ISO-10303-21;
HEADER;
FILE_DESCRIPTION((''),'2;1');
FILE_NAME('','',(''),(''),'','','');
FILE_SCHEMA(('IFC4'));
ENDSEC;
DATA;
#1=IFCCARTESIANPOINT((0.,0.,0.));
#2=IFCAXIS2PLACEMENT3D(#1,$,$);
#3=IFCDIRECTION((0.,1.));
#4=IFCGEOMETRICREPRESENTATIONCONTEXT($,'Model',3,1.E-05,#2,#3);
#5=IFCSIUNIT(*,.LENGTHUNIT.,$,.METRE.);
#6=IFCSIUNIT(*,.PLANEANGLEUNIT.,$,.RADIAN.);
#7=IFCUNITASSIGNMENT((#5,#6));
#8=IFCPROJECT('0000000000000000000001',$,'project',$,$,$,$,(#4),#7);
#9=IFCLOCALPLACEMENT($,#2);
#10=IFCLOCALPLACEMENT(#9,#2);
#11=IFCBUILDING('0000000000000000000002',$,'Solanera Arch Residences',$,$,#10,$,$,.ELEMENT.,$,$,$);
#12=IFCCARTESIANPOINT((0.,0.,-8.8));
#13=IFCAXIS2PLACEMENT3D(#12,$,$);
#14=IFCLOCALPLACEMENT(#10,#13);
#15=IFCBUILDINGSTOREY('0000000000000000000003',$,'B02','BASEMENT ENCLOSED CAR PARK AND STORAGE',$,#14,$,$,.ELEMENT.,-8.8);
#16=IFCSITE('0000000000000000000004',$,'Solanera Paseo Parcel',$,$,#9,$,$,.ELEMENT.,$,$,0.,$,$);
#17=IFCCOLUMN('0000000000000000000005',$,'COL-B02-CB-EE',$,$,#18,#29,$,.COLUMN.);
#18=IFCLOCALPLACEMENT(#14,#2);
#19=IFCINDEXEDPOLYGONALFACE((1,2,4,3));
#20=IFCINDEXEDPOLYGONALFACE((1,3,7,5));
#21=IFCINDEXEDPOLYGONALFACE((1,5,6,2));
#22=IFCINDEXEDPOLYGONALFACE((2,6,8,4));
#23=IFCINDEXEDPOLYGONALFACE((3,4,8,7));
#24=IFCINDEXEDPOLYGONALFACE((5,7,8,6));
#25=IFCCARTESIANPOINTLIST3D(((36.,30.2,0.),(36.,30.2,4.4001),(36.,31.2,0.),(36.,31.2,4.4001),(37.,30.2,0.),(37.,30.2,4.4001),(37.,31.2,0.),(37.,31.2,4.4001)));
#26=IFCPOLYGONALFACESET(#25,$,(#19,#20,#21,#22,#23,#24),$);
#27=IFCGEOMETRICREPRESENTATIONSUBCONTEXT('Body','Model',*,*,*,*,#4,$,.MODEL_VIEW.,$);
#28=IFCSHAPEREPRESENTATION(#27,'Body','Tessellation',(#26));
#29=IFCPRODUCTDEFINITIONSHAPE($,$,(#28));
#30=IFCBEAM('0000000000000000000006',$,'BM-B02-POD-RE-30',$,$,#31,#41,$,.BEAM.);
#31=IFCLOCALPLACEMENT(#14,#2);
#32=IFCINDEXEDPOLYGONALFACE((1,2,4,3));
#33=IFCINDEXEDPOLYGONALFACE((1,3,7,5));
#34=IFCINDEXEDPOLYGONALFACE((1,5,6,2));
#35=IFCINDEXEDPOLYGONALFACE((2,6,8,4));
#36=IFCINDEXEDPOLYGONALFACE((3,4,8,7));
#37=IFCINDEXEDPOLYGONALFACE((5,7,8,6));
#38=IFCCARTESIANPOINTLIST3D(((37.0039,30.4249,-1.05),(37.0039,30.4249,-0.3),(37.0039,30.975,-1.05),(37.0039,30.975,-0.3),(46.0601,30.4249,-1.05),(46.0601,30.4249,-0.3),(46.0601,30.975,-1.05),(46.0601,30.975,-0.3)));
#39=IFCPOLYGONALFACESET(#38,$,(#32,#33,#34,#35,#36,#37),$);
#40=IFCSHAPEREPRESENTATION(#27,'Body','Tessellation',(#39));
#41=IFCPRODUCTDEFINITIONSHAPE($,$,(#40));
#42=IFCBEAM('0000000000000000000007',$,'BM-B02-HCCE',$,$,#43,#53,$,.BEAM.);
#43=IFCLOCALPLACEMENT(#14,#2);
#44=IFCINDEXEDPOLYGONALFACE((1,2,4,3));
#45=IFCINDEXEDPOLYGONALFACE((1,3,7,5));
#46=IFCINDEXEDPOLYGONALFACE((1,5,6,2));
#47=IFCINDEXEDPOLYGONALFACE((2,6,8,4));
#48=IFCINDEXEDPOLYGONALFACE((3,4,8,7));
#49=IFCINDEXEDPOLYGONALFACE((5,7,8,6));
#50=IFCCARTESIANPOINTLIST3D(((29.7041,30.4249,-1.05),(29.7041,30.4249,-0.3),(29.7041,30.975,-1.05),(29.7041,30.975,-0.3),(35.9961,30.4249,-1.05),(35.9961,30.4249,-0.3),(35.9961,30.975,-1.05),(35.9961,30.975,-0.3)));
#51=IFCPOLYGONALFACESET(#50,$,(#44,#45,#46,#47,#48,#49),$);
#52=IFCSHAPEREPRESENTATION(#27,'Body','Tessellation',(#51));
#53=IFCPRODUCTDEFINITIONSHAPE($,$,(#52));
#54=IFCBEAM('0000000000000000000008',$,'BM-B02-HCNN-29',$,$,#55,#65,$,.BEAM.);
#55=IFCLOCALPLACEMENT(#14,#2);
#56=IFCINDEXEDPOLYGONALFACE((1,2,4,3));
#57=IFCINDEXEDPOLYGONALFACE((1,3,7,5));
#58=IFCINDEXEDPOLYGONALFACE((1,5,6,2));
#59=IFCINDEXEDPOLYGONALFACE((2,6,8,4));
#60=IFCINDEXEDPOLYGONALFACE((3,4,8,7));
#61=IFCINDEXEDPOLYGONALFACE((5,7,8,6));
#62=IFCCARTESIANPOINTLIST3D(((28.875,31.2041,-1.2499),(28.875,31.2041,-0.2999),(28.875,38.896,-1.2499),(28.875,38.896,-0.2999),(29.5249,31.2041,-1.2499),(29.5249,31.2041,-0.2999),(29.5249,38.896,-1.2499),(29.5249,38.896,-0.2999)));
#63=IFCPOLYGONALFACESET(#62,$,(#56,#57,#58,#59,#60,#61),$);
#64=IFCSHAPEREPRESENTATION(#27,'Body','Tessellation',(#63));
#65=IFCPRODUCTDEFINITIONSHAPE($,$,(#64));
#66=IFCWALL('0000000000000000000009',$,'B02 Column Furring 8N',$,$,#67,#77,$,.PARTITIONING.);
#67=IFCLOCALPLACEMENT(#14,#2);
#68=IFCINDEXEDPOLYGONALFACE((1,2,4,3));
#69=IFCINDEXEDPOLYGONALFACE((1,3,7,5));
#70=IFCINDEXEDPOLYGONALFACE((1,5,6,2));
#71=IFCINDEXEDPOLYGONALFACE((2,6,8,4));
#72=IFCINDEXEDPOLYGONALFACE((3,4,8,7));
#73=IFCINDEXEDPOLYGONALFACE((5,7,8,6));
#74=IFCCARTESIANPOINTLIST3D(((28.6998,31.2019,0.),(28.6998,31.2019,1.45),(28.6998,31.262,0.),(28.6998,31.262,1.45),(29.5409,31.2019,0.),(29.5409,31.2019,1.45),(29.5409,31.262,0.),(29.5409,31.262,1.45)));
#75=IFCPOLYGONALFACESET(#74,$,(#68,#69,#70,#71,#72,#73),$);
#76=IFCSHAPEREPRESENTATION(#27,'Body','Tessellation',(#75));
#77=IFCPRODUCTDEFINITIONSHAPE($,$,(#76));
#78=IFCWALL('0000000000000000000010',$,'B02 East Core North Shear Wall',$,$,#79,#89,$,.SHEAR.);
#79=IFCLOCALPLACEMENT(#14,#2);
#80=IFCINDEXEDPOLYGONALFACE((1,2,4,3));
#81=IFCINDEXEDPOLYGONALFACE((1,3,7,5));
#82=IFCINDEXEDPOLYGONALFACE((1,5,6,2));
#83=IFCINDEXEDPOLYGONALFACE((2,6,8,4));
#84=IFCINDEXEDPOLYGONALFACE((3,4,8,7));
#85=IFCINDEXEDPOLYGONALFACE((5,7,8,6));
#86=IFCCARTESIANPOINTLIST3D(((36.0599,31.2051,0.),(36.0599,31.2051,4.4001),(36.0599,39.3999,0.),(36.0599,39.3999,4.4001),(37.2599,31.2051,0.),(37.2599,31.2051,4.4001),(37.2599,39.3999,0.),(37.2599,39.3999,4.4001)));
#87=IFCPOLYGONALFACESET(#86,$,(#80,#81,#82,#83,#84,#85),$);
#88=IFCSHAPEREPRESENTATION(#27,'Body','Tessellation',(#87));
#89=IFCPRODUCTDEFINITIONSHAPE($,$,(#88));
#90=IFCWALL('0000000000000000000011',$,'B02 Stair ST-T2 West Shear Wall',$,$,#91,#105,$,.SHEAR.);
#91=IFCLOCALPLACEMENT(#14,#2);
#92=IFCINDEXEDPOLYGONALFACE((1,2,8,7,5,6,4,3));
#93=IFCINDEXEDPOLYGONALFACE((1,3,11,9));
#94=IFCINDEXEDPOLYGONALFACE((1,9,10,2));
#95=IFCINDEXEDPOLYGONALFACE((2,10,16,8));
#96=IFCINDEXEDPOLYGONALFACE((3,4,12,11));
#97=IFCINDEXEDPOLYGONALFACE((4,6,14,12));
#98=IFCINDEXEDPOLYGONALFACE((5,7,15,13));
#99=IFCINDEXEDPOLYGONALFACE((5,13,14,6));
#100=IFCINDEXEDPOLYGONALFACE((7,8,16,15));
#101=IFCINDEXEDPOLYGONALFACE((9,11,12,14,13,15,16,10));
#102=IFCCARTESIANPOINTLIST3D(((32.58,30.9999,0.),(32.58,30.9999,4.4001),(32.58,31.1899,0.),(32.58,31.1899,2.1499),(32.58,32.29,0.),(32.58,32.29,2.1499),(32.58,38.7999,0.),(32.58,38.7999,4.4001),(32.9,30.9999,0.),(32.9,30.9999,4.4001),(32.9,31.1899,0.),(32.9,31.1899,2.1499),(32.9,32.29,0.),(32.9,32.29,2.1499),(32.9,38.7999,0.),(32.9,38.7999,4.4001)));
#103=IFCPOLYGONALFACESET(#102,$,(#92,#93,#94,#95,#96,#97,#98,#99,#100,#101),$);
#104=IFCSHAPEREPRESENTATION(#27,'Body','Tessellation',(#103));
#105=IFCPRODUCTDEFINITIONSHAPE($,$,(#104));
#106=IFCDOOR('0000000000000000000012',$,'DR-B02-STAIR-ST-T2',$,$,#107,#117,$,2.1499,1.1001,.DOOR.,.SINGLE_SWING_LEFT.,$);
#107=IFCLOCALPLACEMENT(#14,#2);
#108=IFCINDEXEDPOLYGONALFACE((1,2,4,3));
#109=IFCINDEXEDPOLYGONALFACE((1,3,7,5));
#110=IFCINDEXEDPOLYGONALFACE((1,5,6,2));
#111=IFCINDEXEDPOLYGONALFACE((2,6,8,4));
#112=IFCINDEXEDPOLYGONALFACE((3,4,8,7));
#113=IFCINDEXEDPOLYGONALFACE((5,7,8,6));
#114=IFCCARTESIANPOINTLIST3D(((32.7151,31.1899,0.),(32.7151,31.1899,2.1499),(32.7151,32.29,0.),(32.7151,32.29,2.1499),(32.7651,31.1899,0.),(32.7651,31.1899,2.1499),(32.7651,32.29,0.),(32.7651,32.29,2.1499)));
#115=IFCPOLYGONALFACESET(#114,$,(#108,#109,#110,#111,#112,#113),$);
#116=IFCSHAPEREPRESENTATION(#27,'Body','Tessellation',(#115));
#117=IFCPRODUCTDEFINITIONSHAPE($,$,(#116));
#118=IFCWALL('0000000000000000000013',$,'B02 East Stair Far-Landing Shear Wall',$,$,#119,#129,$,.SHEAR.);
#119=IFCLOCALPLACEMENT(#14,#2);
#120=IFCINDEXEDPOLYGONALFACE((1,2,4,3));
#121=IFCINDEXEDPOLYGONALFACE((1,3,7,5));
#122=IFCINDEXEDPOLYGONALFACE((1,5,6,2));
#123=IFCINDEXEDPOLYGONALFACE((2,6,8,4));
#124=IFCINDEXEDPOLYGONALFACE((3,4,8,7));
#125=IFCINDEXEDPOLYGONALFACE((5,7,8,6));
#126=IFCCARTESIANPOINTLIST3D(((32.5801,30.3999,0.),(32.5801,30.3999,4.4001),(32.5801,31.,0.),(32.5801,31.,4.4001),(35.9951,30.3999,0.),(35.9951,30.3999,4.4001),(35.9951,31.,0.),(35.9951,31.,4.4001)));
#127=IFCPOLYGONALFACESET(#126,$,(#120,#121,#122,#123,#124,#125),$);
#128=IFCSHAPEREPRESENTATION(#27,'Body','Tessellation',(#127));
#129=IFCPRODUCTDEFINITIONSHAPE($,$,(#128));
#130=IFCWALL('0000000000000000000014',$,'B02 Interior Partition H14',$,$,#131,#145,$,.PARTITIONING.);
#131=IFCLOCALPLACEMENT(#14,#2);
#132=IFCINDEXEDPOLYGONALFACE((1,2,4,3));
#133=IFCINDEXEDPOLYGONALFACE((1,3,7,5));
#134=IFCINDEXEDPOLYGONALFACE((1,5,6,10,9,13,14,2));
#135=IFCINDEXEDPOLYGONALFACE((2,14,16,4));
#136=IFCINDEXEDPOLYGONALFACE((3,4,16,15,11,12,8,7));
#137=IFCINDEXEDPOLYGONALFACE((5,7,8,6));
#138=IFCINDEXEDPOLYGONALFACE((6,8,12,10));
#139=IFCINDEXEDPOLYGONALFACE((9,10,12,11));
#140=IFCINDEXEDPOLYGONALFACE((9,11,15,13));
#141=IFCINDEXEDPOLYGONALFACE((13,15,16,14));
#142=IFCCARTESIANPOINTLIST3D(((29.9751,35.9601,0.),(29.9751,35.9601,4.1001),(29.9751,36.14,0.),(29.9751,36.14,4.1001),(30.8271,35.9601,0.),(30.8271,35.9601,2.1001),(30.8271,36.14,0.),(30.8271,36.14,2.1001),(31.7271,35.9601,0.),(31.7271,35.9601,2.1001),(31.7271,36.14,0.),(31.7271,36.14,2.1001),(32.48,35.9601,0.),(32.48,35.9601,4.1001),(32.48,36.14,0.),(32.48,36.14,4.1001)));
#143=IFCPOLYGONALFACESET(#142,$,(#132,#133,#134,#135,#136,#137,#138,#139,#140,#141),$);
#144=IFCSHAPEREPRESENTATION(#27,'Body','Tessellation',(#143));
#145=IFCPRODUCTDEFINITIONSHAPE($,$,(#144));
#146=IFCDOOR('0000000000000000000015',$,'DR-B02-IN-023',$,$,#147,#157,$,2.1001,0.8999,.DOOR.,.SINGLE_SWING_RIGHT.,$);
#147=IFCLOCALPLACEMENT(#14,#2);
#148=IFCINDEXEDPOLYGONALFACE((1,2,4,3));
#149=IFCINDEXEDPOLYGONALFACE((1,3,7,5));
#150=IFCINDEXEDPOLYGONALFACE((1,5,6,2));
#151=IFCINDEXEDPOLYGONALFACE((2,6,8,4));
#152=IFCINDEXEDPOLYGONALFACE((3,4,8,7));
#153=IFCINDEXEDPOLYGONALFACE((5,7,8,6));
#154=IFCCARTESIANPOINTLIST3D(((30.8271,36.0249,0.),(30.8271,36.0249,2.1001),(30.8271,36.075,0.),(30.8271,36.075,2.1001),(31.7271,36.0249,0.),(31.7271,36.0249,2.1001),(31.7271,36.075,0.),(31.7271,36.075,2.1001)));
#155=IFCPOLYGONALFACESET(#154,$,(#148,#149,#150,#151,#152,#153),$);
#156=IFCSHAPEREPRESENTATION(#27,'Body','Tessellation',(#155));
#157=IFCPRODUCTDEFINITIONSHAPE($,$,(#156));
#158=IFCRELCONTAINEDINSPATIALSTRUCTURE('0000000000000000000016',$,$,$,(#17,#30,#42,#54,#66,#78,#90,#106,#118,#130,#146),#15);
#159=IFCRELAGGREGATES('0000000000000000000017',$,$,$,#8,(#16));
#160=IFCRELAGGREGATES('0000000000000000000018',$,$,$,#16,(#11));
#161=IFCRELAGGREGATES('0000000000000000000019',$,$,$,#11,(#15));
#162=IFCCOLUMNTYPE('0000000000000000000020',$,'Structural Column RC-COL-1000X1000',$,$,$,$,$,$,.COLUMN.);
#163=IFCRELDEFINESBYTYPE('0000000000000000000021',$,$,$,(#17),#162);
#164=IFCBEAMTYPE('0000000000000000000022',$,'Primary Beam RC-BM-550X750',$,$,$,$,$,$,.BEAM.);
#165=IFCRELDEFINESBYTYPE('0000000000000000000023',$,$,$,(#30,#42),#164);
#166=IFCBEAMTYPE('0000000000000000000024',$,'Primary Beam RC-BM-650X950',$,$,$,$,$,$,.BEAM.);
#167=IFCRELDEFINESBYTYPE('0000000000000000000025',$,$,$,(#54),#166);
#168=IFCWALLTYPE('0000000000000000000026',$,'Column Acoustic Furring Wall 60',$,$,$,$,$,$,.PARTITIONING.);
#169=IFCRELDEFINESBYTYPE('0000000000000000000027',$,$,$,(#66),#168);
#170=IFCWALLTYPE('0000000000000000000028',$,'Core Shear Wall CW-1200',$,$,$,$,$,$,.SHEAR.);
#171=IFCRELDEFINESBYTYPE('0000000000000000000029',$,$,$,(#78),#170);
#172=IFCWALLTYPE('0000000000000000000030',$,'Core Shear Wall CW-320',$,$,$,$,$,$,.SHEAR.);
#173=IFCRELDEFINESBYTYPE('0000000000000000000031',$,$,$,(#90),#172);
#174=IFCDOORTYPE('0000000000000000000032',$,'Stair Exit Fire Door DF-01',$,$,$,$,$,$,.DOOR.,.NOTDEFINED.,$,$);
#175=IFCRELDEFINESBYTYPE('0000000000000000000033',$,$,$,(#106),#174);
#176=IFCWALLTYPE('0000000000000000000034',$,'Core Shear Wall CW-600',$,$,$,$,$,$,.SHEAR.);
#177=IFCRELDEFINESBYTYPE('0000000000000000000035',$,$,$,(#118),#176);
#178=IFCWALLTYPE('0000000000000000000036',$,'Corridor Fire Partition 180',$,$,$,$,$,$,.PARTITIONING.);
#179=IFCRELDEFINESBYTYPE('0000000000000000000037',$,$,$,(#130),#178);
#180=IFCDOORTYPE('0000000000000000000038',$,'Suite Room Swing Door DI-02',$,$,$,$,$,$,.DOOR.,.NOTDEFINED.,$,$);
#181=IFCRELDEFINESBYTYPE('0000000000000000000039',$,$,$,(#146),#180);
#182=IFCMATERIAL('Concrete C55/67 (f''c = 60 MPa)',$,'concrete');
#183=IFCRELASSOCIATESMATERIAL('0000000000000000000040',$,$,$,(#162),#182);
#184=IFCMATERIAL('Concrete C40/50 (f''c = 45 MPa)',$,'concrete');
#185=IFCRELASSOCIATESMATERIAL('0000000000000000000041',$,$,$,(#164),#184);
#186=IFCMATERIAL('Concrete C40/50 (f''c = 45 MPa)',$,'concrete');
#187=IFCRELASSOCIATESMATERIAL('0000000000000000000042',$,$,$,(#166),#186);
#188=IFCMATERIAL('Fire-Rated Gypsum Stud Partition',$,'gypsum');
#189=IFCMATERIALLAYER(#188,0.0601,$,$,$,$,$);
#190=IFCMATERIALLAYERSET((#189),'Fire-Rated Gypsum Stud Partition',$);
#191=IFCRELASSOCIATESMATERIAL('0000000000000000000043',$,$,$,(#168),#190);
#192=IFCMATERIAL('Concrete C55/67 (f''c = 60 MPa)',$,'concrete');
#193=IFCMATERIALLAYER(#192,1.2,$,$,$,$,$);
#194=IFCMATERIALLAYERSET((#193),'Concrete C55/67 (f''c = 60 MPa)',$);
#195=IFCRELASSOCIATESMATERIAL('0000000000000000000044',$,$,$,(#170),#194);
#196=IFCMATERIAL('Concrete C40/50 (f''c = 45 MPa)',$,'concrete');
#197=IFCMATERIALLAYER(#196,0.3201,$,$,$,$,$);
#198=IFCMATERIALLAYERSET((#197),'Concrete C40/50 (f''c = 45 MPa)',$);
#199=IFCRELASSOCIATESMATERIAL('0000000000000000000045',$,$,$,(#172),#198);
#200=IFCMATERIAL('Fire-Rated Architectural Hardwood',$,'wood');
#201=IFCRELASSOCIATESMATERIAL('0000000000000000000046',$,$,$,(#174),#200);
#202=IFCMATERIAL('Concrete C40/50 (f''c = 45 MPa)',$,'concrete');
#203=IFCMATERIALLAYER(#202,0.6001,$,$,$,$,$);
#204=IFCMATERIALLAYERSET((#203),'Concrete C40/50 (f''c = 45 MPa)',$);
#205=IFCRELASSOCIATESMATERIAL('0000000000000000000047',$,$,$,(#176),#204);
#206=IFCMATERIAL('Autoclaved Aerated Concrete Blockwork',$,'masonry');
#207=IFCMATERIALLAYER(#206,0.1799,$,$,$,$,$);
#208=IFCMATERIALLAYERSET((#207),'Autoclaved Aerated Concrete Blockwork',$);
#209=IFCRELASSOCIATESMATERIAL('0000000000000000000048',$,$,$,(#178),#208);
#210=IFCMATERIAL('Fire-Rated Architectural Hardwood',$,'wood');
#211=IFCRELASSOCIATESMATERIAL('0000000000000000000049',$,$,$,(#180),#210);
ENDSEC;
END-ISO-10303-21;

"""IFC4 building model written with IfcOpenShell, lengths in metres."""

from ifc_helpers import new_model, si_unit, direction, frame, frame_2d, origin, origin_2d, place, context, subcontext, project, spatial, rectangle, extrude, material, layer, layer_set, material_profile, profile_set, type_object, element, fill, save


model = new_model("IFC4")

# Units and contexts
model_context = context("Model", 3, precision=1e-05, world=origin(), true_north=direction((0.0, 1.0)))
body_context = subcontext(model_context, "Body", "Model", "MODEL_VIEW")
ifc_project = project(units=[si_unit("LENGTHUNIT", "METRE"), si_unit("PLANEANGLEUNIT", "RADIAN")], contexts=[model_context])

# Site, building, storey
site_placement = place(None, origin())
site = spatial("IfcSite", under=ifc_project, at=site_placement, Name="Solanera Paseo Parcel", CompositionType="ELEMENT", RefElevation=0.0)
building_placement = place(site_placement, origin())
building = spatial("IfcBuilding", under=site, at=building_placement, Name="Solanera Arch Residences", CompositionType="ELEMENT")
storey_placement = place(building_placement, frame((0.0, 0.0, -8.8)))
storey = spatial("IfcBuildingStorey", under=building, at=storey_placement, Name="B02", Description="BASEMENT ENCLOSED CAR PARK AND STORAGE", CompositionType="ELEMENT", Elevation=-8.8)

# Column
ifc_material_1 = material(Name="Concrete C55/67 (f'c = 60 MPa)", Category="concrete")
ifc_material_profile_1 = material_profile(ifc_material_1, rectangle(XDim=1.0, YDim=1.0, at=origin_2d()))
ifc_profile_set_1 = profile_set([ifc_material_profile_1], Name="Concrete C55/67 (f'c = 60 MPa)")
column_type = type_object("IfcColumnType", Name="Structural Column RC-COL-1000X1000", PredefinedType="COLUMN", material=ifc_profile_set_1)
column_placement = place(storey_placement, frame((36.5, 30.7, 0.0), z_axis=(0.0, 0.0, 1.0), x_axis=(1.0, 0.0, 0.0)))
element("IfcColumn", 1, at=column_placement, inside=storey, type_object=column_type, Name="COL-B02-CB-EE", PredefinedType="COLUMN", context=body_context, shape_type="SweptSolid", body=[
    extrude(rectangle(XDim=1.0, YDim=1.0, at=origin_2d()), origin(), (0.0, 0.0, 1.0), 4.4001),
])

# Beams
ifc_material_2 = material(Name="Concrete C40/50 (f'c = 45 MPa)", Category="concrete")
ifc_material_profile_2 = material_profile(ifc_material_2, rectangle(XDim=0.55, YDim=0.75, at=origin_2d()))
ifc_profile_set_2 = profile_set([ifc_material_profile_2], Name="Concrete C40/50 (f'c = 45 MPa)")
beam_type_1 = type_object("IfcBeamType", Name="Primary Beam RC-BM-550X750", PredefinedType="BEAM", material=ifc_profile_set_2)
beam_1_placement = place(storey_placement, frame((37.0039, 30.7, -0.675), z_axis=(1.0, 0.0, 0.0), x_axis=(0.0, 1.0, 0.0)))
element("IfcBeam", 2, at=beam_1_placement, inside=storey, type_object=beam_type_1, Name="BM-B02-POD-RE-30", PredefinedType="BEAM", context=body_context, shape_type="SweptSolid", body=[
    extrude(rectangle(XDim=0.55, YDim=0.75, at=origin_2d()), origin(), (0.0, 0.0, 1.0), 9.0562),
])
beam_2_placement = place(storey_placement, frame((29.7041, 30.7, -0.675), z_axis=(1.0, 0.0, 0.0), x_axis=(0.0, 1.0, 0.0)))
element("IfcBeam", 3, at=beam_2_placement, inside=storey, type_object=beam_type_1, Name="BM-B02-HCCE", PredefinedType="BEAM", context=body_context, shape_type="SweptSolid", body=[
    extrude(rectangle(XDim=0.55, YDim=0.75, at=origin_2d()), origin(), (0.0, 0.0, 1.0), 6.292),
])
ifc_material_3 = material(Name="Concrete C40/50 (f'c = 45 MPa)", Category="concrete")
ifc_material_profile_3 = material_profile(ifc_material_3, rectangle(XDim=0.6499, YDim=0.95, at=origin_2d()))
ifc_profile_set_3 = profile_set([ifc_material_profile_3], Name="Concrete C40/50 (f'c = 45 MPa)")
beam_type_2 = type_object("IfcBeamType", Name="Primary Beam RC-BM-650X950", PredefinedType="BEAM", material=ifc_profile_set_3)
beam_3_placement = place(storey_placement, frame((29.2, 31.2041, -0.7749), z_axis=(0.0, 1.0, 0.0), x_axis=(-1.0, 0.0, 0.0)))
element("IfcBeam", 4, at=beam_3_placement, inside=storey, type_object=beam_type_2, Name="BM-B02-HCNN-29", PredefinedType="BEAM", context=body_context, shape_type="SweptSolid", body=[
    extrude(rectangle(XDim=0.6499, YDim=0.95, at=origin_2d()), origin(), (0.0, 0.0, 1.0), 7.6919),
])

# Walls
ifc_material_4 = material(Name="Fire-Rated Gypsum Stud Partition", Category="gypsum")
ifc_layer_1 = layer(ifc_material_4, 0.0601)
ifc_layer_set_1 = layer_set([ifc_layer_1], Name="Fire-Rated Gypsum Stud Partition")
wall_type_1 = type_object("IfcWallType", Name="Column Acoustic Furring Wall 60", PredefinedType="PARTITIONING", material=ifc_layer_set_1)
wall_1_placement = place(storey_placement, frame((28.7, 31.2319, 0.0), z_axis=(0.0, 0.0, 1.0), x_axis=(1.0, 0.0, 0.0)))
element("IfcWall", 5, at=wall_1_placement, inside=storey, type_object=wall_type_1, Name="B02 Column Furring 8N", PredefinedType="PARTITIONING", context=body_context, shape_type="SweptSolid", body=[
    extrude(rectangle(XDim=0.8411, YDim=0.0601, at=frame_2d((0.4204, 0.0))), origin(), (0.0, 0.0, 1.0), 1.45),
])
ifc_material_5 = material(Name="Concrete C55/67 (f'c = 60 MPa)", Category="concrete")
ifc_layer_2 = layer(ifc_material_5, 1.2)
ifc_layer_set_2 = layer_set([ifc_layer_2], Name="Concrete C55/67 (f'c = 60 MPa)")
wall_type_2 = type_object("IfcWallType", Name="Core Shear Wall CW-1200", PredefinedType="SHEAR", material=ifc_layer_set_2)
wall_2_placement = place(storey_placement, frame((36.6599, 31.2051, 0.0), z_axis=(0.0, 0.0, 1.0), x_axis=(0.0, 1.0, 0.0)))
element("IfcWall", 6, at=wall_2_placement, inside=storey, type_object=wall_type_2, Name="B02 East Core North Shear Wall", PredefinedType="SHEAR", context=body_context, shape_type="SweptSolid", body=[
    extrude(rectangle(XDim=8.1948, YDim=1.2, at=frame_2d((4.0974, 0.0))), origin(), (0.0, 0.0, 1.0), 4.4001),
])

# Wall, opening, door
ifc_material_6 = material(Name="Concrete C40/50 (f'c = 45 MPa)", Category="concrete")
ifc_layer_3 = layer(ifc_material_6, 0.3201)
ifc_layer_set_3 = layer_set([ifc_layer_3], Name="Concrete C40/50 (f'c = 45 MPa)")
wall_type_3 = type_object("IfcWallType", Name="Core Shear Wall CW-320", PredefinedType="SHEAR", material=ifc_layer_set_3)
wall_3_placement = place(storey_placement, frame((32.74, 31.0, 0.0), z_axis=(0.0, 0.0, 1.0), x_axis=(0.0, 1.0, 0.0)))
wall_3 = element("IfcWall", 7, at=wall_3_placement, inside=storey, type_object=wall_type_3, Name="B02 Stair ST-T2 West Shear Wall", PredefinedType="SHEAR", context=body_context, shape_type="SweptSolid", body=[
    extrude(rectangle(XDim=7.8, YDim=0.3201, at=frame_2d((3.8999, 0.0))), origin(), (0.0, 0.0, 1.0), 4.4001),
])
opening_1_placement = place(wall_3_placement, frame((0.1899, 0.0, 0.0)))
opening_1 = element("IfcOpeningElement", 8, at=opening_1_placement, cuts=wall_3, PredefinedType="OPENING", context=body_context, shape_type="SweptSolid", body=[
    extrude(rectangle(XDim=1.1001, YDim=2.1499, at=frame_2d((0.55, 1.075))), frame((0.0, 0.1699, 0.0), z_axis=(0.0, -1.0, 0.0), x_axis=(1.0, 0.0, 0.0)), (0.0, 0.0, 1.0), 0.3401),
])
ifc_material_7 = material(Name="Fire-Rated Architectural Hardwood", Category="wood")
door_type_1 = type_object("IfcDoorType", Name="Stair Exit Fire Door DF-01", OperationType="NOTDEFINED", PredefinedType="DOOR", material=ifc_material_7)
door_1_placement = place(opening_1_placement, origin())
door_1 = element("IfcDoor", 9, at=door_1_placement, inside=storey, type_object=door_type_1, Name="DR-B02-STAIR-ST-T2", OperationType="SINGLE_SWING_LEFT", OverallHeight=2.1499, OverallWidth=1.1001, PredefinedType="DOOR", context=body_context, shape_type="SweptSolid", body=[
    extrude(rectangle(XDim=1.1001, YDim=2.1499, at=frame_2d((0.55, 1.075))), frame((0.0, 0.0249, 0.0), z_axis=(0.0, -1.0, 0.0), x_axis=(1.0, 0.0, 0.0)), (0.0, 0.0, 1.0), 0.05),
])
fill(opening_1, door_1)

# Wall
ifc_material_8 = material(Name="Concrete C40/50 (f'c = 45 MPa)", Category="concrete")
ifc_layer_4 = layer(ifc_material_8, 0.6001)
ifc_layer_set_4 = layer_set([ifc_layer_4], Name="Concrete C40/50 (f'c = 45 MPa)")
wall_type_4 = type_object("IfcWallType", Name="Core Shear Wall CW-600", PredefinedType="SHEAR", material=ifc_layer_set_4)
wall_4_placement = place(storey_placement, frame((32.5801, 30.7, 0.0), z_axis=(0.0, 0.0, 1.0), x_axis=(1.0, 0.0, 0.0)))
element("IfcWall", 10, at=wall_4_placement, inside=storey, type_object=wall_type_4, Name="B02 East Stair Far-Landing Shear Wall", PredefinedType="SHEAR", context=body_context, shape_type="SweptSolid", body=[
    extrude(rectangle(XDim=3.415, YDim=0.6001, at=frame_2d((1.7075, 0.0))), origin(), (0.0, 0.0, 1.0), 4.4001),
])

# Wall, opening, door
ifc_material_9 = material(Name="Autoclaved Aerated Concrete Blockwork", Category="masonry")
ifc_layer_5 = layer(ifc_material_9, 0.1799)
ifc_layer_set_5 = layer_set([ifc_layer_5], Name="Autoclaved Aerated Concrete Blockwork")
wall_type_5 = type_object("IfcWallType", Name="Corridor Fire Partition 180", PredefinedType="PARTITIONING", material=ifc_layer_set_5)
wall_5_placement = place(storey_placement, frame((29.9751, 36.05, 0.0), z_axis=(0.0, 0.0, 1.0), x_axis=(1.0, 0.0, 0.0)))
wall_5 = element("IfcWall", 11, at=wall_5_placement, inside=storey, type_object=wall_type_5, Name="B02 Interior Partition H14", PredefinedType="PARTITIONING", context=body_context, shape_type="SweptSolid", body=[
    extrude(rectangle(XDim=2.5049, YDim=0.1799, at=frame_2d((1.2524, 0.0))), origin(), (0.0, 0.0, 1.0), 4.1001),
])
opening_2_placement = place(wall_5_placement, frame((0.8521, 0.0, 0.0)))
opening_2 = element("IfcOpeningElement", 12, at=opening_2_placement, cuts=wall_5, PredefinedType="OPENING", context=body_context, shape_type="SweptSolid", body=[
    extrude(rectangle(XDim=0.8999, YDim=2.1001, at=frame_2d((0.45, 1.05))), frame((0.0, 0.1001, 0.0), z_axis=(0.0, -1.0, 0.0), x_axis=(1.0, 0.0, 0.0)), (0.0, 0.0, 1.0), 0.1999),
])
ifc_material_10 = material(Name="Fire-Rated Architectural Hardwood", Category="wood")
door_type_2 = type_object("IfcDoorType", Name="Suite Room Swing Door DI-02", OperationType="NOTDEFINED", PredefinedType="DOOR", material=ifc_material_10)
door_2_placement = place(opening_2_placement, origin())
door_2 = element("IfcDoor", 13, at=door_2_placement, inside=storey, type_object=door_type_2, Name="DR-B02-IN-023", OperationType="SINGLE_SWING_RIGHT", OverallHeight=2.1001, OverallWidth=0.8999, PredefinedType="DOOR", context=body_context, shape_type="SweptSolid", body=[
    extrude(rectangle(XDim=0.8999, YDim=2.1001, at=frame_2d((0.45, 1.05))), frame((0.0, 0.0249, 0.0), z_axis=(0.0, -1.0, 0.0), x_axis=(1.0, 0.0, 0.0)), (0.0, 0.0, 1.0), 0.05),
])
fill(opening_2, door_2)

save(model, "model.ifc")
